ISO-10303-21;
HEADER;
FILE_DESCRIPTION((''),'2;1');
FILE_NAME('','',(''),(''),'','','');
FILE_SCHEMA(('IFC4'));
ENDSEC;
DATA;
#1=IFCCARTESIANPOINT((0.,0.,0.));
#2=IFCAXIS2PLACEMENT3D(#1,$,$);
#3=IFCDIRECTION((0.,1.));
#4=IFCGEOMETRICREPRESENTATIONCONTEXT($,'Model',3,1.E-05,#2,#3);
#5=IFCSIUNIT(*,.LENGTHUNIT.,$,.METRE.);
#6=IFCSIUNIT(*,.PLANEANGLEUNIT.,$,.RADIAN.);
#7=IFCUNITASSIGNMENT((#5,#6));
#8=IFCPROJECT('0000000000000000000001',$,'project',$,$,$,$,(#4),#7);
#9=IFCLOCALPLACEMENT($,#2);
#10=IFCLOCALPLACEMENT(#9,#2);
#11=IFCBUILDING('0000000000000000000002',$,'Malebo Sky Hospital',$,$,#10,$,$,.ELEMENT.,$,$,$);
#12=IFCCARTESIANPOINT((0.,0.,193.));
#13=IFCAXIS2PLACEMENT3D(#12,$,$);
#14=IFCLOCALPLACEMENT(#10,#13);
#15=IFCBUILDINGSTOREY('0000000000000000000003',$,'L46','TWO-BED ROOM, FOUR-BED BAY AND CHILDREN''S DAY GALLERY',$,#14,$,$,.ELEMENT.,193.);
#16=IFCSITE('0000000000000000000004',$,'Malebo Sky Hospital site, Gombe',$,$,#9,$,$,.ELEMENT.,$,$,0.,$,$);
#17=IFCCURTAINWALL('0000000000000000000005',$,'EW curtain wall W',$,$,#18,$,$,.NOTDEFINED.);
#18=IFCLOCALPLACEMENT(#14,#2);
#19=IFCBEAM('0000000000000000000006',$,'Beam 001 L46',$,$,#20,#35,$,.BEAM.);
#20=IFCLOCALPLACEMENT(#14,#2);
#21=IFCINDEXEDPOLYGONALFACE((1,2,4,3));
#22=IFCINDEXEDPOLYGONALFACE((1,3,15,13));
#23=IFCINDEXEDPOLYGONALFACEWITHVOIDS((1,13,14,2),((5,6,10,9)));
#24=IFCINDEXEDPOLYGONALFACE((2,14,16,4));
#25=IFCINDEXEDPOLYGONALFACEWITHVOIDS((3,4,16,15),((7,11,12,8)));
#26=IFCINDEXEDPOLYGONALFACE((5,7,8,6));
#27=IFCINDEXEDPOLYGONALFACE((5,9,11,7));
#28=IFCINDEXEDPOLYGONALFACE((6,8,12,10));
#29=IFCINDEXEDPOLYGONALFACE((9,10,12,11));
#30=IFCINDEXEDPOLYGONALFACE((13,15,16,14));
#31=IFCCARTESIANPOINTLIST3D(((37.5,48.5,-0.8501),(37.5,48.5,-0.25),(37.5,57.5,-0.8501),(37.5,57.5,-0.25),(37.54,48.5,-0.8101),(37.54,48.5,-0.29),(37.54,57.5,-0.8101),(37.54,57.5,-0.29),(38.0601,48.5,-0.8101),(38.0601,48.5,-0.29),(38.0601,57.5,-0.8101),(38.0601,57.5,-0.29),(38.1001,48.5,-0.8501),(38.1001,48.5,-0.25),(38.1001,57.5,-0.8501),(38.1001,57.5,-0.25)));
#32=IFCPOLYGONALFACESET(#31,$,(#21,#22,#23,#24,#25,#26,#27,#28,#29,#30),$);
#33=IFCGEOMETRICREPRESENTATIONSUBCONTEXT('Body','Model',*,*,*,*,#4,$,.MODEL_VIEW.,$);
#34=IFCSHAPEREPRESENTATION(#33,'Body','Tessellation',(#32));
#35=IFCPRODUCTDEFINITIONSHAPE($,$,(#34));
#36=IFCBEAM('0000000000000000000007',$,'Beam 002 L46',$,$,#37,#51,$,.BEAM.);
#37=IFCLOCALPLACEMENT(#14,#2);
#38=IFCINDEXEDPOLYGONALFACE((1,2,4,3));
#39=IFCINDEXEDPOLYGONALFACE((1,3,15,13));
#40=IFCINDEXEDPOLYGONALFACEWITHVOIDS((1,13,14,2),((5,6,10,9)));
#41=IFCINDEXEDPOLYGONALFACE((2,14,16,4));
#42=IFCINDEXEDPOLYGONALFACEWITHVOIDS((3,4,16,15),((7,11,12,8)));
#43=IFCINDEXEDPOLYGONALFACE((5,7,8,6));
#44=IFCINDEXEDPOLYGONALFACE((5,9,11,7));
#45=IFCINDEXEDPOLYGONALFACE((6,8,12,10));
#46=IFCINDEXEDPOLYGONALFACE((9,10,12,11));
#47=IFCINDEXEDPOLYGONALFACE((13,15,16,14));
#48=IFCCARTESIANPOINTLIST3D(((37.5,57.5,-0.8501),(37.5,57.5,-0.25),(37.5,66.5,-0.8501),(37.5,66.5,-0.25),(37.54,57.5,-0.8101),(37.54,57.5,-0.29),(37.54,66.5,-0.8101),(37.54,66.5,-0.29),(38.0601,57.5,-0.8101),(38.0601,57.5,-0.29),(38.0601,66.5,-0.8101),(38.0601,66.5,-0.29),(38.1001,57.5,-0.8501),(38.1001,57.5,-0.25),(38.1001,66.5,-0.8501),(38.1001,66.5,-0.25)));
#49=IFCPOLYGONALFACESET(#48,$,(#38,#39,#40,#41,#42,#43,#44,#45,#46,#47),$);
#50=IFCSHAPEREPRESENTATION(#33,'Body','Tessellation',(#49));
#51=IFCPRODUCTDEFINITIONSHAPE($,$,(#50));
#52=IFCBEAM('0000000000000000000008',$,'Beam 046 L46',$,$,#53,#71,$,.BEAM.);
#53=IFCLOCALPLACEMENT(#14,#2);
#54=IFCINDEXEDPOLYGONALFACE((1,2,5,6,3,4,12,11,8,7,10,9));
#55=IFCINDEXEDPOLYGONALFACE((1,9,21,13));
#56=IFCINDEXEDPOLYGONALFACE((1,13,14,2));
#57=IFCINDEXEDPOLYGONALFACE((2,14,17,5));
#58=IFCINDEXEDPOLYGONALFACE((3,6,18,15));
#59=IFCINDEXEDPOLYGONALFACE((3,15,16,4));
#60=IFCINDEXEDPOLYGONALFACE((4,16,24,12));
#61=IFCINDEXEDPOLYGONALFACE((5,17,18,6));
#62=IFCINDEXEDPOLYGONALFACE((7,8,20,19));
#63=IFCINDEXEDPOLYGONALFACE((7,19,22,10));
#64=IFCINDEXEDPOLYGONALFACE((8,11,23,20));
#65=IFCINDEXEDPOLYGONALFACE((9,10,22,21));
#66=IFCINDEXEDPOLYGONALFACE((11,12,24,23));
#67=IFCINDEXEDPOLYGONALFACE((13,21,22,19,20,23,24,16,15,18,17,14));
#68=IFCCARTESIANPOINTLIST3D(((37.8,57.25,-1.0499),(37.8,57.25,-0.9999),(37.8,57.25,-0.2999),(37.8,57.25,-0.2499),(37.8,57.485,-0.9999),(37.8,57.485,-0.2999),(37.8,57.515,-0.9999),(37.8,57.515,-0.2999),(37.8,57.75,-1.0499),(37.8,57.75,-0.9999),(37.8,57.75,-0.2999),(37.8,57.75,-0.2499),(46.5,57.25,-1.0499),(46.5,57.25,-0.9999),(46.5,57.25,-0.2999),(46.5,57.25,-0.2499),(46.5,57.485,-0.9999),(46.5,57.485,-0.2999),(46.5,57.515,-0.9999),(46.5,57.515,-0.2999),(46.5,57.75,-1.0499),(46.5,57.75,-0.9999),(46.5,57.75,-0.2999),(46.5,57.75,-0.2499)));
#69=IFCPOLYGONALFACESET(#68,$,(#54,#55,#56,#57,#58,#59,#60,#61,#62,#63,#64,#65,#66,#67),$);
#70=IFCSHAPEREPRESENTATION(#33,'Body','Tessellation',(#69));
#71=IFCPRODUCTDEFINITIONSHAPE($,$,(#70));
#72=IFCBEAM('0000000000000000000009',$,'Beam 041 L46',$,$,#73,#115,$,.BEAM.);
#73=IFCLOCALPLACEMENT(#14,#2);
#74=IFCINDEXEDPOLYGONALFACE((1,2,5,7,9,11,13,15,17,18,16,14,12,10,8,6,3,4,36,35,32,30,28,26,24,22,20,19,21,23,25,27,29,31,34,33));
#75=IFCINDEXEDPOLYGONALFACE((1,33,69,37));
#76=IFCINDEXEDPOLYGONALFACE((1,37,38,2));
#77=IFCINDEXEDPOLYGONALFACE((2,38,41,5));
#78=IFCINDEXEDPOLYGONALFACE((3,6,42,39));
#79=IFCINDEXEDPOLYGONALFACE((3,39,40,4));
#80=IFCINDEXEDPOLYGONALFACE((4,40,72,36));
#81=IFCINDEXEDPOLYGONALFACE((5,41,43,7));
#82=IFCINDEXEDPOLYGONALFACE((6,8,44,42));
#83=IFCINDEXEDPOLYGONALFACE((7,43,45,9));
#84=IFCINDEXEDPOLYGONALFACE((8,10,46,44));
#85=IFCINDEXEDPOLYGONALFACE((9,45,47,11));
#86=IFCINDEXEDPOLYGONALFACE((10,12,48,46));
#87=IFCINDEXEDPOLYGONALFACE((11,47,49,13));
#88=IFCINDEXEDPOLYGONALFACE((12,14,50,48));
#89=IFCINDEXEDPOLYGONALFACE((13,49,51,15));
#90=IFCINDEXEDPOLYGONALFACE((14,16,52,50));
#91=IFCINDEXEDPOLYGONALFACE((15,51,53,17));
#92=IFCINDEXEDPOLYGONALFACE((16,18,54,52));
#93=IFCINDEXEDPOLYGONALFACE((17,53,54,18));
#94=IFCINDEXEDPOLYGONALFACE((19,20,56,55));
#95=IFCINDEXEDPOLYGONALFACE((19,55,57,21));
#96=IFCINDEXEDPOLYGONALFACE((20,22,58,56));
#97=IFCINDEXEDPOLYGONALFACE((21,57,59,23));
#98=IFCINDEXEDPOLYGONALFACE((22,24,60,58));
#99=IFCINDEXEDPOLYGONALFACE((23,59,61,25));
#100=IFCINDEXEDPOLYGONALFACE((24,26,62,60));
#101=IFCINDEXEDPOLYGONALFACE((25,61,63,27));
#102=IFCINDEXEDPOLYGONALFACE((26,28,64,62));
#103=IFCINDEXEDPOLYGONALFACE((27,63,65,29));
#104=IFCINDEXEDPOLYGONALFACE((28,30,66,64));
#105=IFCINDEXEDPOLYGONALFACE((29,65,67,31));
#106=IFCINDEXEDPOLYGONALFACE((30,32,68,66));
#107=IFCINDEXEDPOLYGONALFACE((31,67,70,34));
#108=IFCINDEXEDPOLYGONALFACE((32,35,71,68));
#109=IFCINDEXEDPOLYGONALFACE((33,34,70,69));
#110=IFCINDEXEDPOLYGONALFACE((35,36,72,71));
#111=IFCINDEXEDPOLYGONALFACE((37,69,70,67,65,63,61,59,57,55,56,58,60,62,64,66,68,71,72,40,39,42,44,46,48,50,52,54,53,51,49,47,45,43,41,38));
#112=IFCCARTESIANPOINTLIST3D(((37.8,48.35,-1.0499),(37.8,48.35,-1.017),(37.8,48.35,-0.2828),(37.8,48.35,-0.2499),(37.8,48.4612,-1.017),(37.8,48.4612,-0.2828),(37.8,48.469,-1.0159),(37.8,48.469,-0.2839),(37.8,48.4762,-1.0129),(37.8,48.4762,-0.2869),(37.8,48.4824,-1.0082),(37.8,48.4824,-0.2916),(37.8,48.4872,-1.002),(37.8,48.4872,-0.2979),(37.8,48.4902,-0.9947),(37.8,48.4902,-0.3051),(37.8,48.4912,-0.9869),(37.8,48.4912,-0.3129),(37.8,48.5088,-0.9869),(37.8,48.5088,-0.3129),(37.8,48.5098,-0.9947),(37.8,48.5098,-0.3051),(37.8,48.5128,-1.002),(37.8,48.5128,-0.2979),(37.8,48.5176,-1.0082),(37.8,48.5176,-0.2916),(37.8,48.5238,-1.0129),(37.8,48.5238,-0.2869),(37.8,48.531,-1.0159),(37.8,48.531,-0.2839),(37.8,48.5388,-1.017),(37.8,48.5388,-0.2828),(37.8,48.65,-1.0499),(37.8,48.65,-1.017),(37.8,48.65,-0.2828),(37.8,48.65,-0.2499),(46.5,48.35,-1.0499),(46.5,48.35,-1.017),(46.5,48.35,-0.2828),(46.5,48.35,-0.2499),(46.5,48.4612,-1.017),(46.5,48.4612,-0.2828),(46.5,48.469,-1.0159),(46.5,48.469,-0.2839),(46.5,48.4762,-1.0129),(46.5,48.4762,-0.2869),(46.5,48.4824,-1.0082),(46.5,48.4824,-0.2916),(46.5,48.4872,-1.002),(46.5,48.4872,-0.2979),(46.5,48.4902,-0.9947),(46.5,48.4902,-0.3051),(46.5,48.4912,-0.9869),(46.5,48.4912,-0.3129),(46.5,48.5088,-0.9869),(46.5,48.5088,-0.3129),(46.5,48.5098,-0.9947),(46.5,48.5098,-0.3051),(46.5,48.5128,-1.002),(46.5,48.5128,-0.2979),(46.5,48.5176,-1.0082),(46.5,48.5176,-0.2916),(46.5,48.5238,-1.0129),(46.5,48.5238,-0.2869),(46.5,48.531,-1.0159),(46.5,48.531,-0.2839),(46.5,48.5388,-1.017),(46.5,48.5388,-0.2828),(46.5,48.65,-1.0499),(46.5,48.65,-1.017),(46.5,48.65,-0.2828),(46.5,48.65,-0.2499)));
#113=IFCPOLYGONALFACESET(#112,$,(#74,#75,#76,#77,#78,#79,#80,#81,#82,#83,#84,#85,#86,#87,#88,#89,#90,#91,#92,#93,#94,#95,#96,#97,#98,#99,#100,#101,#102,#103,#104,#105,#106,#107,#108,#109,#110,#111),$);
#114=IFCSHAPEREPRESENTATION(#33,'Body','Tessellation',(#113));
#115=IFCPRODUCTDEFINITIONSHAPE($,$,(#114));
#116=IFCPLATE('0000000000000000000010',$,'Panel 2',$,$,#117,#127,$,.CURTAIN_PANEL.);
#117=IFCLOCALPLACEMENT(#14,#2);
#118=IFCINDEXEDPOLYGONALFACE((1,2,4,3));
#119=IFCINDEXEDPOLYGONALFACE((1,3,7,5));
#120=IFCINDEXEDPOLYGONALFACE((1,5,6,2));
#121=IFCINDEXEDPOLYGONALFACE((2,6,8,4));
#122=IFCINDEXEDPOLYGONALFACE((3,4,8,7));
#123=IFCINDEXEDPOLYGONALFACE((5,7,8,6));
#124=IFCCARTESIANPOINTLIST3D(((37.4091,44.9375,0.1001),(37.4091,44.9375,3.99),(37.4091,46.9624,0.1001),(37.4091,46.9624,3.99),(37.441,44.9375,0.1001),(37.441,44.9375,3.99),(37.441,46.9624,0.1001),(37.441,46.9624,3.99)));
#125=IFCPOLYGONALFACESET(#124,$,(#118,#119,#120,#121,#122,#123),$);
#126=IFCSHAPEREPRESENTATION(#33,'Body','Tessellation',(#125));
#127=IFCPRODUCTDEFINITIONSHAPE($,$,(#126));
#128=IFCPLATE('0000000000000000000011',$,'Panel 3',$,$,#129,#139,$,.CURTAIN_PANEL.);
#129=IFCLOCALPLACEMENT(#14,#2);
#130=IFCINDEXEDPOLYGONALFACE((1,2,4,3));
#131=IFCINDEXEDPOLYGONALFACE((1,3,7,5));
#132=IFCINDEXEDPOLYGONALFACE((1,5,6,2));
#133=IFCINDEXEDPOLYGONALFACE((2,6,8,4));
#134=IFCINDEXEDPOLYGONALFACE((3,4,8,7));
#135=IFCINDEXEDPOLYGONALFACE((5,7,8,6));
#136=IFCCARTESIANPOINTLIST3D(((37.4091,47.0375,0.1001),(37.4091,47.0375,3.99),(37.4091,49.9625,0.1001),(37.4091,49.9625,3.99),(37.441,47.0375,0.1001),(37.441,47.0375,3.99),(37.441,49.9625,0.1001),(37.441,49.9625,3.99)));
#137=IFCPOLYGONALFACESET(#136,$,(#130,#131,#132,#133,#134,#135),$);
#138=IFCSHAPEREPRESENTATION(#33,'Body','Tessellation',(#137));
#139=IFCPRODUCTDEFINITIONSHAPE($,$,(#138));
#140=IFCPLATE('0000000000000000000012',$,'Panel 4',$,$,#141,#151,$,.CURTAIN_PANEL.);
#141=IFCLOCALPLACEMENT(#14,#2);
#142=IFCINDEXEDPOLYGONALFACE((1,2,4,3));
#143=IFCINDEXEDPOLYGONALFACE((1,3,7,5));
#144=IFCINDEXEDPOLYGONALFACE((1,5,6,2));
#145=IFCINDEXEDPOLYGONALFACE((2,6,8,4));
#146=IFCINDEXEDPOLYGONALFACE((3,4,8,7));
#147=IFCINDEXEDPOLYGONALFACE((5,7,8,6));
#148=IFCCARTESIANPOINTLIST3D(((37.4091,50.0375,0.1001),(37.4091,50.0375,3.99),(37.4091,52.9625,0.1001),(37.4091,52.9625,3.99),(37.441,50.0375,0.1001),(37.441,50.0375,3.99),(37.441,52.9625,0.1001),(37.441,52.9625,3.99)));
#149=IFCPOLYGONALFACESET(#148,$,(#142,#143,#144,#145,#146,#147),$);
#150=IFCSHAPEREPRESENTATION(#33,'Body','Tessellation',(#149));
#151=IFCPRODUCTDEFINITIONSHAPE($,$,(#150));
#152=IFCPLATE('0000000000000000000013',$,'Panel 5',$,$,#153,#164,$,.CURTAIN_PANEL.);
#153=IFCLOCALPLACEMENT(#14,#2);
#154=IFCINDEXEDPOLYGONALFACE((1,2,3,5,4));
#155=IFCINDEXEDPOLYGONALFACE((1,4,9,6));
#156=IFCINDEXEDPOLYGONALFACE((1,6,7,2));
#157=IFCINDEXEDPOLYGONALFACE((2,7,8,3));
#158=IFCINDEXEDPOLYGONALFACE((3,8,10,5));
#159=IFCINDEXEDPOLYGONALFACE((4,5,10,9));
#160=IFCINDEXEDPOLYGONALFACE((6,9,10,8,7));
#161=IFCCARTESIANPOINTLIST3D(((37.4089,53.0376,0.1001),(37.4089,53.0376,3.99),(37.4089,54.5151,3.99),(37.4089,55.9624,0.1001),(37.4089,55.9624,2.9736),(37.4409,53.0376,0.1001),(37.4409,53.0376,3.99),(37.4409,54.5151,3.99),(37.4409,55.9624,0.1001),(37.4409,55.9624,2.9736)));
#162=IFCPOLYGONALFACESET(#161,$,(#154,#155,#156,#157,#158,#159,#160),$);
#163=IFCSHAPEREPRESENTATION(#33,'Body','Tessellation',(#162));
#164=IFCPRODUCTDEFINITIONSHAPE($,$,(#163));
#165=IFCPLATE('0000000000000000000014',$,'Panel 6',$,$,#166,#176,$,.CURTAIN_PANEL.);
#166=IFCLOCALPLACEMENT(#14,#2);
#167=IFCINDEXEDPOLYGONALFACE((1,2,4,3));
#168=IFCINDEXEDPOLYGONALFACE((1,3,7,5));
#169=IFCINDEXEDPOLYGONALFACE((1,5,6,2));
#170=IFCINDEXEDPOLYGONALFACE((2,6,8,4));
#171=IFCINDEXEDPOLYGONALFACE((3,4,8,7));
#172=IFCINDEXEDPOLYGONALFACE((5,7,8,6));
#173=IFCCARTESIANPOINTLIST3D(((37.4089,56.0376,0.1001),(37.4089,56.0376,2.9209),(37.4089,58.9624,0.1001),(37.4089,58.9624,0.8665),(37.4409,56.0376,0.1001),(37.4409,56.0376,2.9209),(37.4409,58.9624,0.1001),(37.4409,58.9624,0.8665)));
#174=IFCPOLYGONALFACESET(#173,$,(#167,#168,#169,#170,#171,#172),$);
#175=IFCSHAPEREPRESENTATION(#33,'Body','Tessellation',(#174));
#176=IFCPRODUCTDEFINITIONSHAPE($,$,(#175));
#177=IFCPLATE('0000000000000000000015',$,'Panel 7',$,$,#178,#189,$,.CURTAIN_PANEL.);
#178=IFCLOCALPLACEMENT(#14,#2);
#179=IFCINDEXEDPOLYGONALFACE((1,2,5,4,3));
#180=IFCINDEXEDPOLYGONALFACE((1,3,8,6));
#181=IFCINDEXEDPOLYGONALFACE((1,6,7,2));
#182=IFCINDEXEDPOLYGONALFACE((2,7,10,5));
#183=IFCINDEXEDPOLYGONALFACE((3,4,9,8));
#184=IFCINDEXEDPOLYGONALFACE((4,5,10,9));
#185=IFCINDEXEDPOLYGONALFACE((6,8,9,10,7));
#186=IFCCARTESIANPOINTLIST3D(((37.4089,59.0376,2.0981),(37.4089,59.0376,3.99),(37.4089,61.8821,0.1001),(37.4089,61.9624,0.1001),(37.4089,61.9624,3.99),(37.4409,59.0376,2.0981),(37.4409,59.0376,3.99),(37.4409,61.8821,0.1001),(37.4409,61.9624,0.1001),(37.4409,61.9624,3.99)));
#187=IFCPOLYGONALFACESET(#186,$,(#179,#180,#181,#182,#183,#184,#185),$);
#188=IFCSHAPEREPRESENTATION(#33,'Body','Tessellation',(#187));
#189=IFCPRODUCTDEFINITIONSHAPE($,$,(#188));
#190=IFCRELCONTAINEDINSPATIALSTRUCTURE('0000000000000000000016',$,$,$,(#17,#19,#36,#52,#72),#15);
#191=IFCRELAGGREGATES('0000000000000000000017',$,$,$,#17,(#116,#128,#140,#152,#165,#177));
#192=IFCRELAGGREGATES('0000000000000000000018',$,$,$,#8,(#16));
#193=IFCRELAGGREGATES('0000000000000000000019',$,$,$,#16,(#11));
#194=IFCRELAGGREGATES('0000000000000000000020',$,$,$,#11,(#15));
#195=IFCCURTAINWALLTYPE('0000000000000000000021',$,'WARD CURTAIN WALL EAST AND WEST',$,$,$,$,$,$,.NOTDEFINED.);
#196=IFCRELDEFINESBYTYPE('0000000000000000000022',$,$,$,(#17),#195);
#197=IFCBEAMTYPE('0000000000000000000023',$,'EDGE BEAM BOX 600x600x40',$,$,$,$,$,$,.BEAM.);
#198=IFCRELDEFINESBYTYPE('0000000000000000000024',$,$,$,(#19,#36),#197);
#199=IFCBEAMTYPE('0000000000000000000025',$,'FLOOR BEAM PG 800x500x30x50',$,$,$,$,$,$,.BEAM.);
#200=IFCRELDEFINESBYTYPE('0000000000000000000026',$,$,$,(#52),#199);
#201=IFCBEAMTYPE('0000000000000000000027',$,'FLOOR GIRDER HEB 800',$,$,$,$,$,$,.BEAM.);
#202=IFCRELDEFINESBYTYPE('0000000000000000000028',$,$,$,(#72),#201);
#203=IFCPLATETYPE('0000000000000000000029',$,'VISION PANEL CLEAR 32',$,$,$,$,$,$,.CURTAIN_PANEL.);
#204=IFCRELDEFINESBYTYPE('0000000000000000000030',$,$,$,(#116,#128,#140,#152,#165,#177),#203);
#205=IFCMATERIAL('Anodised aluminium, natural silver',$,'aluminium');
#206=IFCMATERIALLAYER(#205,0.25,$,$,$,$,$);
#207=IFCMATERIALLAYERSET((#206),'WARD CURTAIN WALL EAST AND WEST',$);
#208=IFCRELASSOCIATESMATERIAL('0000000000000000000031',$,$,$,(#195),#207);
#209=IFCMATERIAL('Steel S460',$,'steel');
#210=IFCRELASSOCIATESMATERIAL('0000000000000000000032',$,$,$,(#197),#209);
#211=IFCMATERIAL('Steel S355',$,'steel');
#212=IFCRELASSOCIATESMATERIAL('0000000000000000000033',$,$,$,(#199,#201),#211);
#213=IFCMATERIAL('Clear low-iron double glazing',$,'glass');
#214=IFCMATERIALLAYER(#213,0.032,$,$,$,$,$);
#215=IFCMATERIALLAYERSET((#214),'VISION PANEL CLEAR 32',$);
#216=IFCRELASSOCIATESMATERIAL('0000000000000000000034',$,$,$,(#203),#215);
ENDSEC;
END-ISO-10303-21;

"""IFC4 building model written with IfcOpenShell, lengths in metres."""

from ifc_helpers import new_model, si_unit, direction, frame, origin, origin_2d, place, context, subcontext, project, spatial, polyline, rectangle, hollow_rectangle, i_section, outline, extrude, material, layer, layer_set, material_profile, profile_set, type_object, element, aggregate, save


model = new_model("IFC4")

# Units and contexts
model_context = context("Model", 3, precision=1e-05, world=origin(), true_north=direction((0.0, 1.0)))
body_context = subcontext(model_context, "Body", "Model", "MODEL_VIEW")
ifc_project = project(units=[si_unit("LENGTHUNIT", "METRE"), si_unit("PLANEANGLEUNIT", "RADIAN")], contexts=[model_context])

# Site, building, storey
site_placement = place(None, origin())
site = spatial("IfcSite", under=ifc_project, at=site_placement, Name="Malebo Sky Hospital site, Gombe", CompositionType="ELEMENT", RefElevation=0.0)
building_placement = place(site_placement, origin())
building = spatial("IfcBuilding", under=site, at=building_placement, Name="Malebo Sky Hospital", CompositionType="ELEMENT")
storey_placement = place(building_placement, frame((0.0, 0.0, 193.0)))
storey = spatial("IfcBuildingStorey", under=building, at=storey_placement, Name="L46", Description="TWO-BED ROOM, FOUR-BED BAY AND CHILDREN'S DAY GALLERY", CompositionType="ELEMENT", Elevation=193.0)

# Shared definitions
ifc_material_1 = material(Name="Steel S460", Category="steel")

# Curtain wall
ifc_material_2 = material(Name="Anodised aluminium, natural silver", Category="aluminium")
ifc_layer_1 = layer(ifc_material_2, 0.25)
ifc_layer_set_1 = layer_set([ifc_layer_1], Name="WARD CURTAIN WALL EAST AND WEST")
curtain_wall_type = type_object("IfcCurtainWallType", Name="WARD CURTAIN WALL EAST AND WEST", PredefinedType="NOTDEFINED", material=ifc_layer_set_1)
curtain_wall_placement = place(storey_placement, origin())
curtain_wall = element("IfcCurtainWall", 1, at=curtain_wall_placement, inside=storey, type_object=curtain_wall_type, Name="EW curtain wall W", PredefinedType="NOTDEFINED")

# Beams
ifc_material_profile_1 = material_profile(ifc_material_1, hollow_rectangle(XDim=0.6001, YDim=0.6001, WallThickness=0.04, at=origin_2d()), Name="BOX 600x600x40")
ifc_profile_set_1 = profile_set([ifc_material_profile_1], Name="Steel S460")
beam_type_1 = type_object("IfcBeamType", Name="EDGE BEAM BOX 600x600x40", PredefinedType="BEAM", material=ifc_profile_set_1)
for number, where, z_axis, x_axis, name in (
    (2, (37.8, 48.5, -0.55), (0.0, 1.0, 0.0), (-1.0, 0.0, 0.0), "Beam 001 L46"),
    (3, (37.8, 57.5, -0.55), (0.0, 1.0, 0.0), (-1.0, 0.0, 0.0), "Beam 002 L46"),
):
    element("IfcBeam", number, at=place(storey_placement, frame(where, z_axis=z_axis, x_axis=x_axis)), inside=storey, type_object=beam_type_1, Name=name, PredefinedType="BEAM", context=body_context, shape_type="SweptSolid", body=[
        extrude(hollow_rectangle(XDim=0.6001, YDim=0.6001, WallThickness=0.04, at=origin_2d()), origin(), (0.0, 0.0, 1.0), 9.0),
    ])
ifc_material_3 = material(Name="Steel S355", Category="steel")
ifc_material_profile_2 = material_profile(ifc_material_3, i_section(OverallWidth=0.5, OverallDepth=0.8, WebThickness=0.03, FlangeThickness=0.05, at=origin_2d()), Name="PG 800x500x30x50")
ifc_profile_set_2 = profile_set([ifc_material_profile_2], Name="Steel S355")
beam_type_2 = type_object("IfcBeamType", Name="FLOOR BEAM PG 800x500x30x50", PredefinedType="BEAM", material=ifc_profile_set_2)
beam_1_placement = place(storey_placement, frame((37.8, 57.5, -0.6499), z_axis=(1.0, 0.0, 0.0), x_axis=(0.0, 1.0, 0.0)))
element("IfcBeam", 4, at=beam_1_placement, inside=storey, type_object=beam_type_2, Name="Beam 046 L46", PredefinedType="BEAM", context=body_context, shape_type="SweptSolid", body=[
    extrude(i_section(OverallWidth=0.5, OverallDepth=0.8, WebThickness=0.03, FlangeThickness=0.05, at=origin_2d()), origin(), (0.0, 0.0, 1.0), 8.7),
])
ifc_material_profile_3 = material_profile(ifc_material_3, i_section(OverallWidth=0.3, OverallDepth=0.8, WebThickness=0.0176, FlangeThickness=0.033, FilletRadius=0.03, at=origin_2d()), Name="HEB 800")
ifc_profile_set_3 = profile_set([ifc_material_profile_3], Name="Steel S355")
beam_type_3 = type_object("IfcBeamType", Name="FLOOR GIRDER HEB 800", PredefinedType="BEAM", material=ifc_profile_set_3)
beam_2_placement = place(storey_placement, frame((37.8, 48.5, -0.6499), z_axis=(1.0, 0.0, 0.0), x_axis=(0.0, 1.0, 0.0)))
element("IfcBeam", 5, at=beam_2_placement, inside=storey, type_object=beam_type_3, Name="Beam 041 L46", PredefinedType="BEAM", context=body_context, shape_type="SweptSolid", body=[
    extrude(i_section(OverallWidth=0.3, OverallDepth=0.8, WebThickness=0.0176, FlangeThickness=0.033, FilletRadius=0.03, at=origin_2d()), origin(), (0.0, 0.0, 1.0), 8.7),
])

# Plates
ifc_material_4 = material(Name="Clear low-iron double glazing", Category="glass")
ifc_layer_2 = layer(ifc_material_4, 0.032)
ifc_layer_set_2 = layer_set([ifc_layer_2], Name="VISION PANEL CLEAR 32")
plate_type = type_object("IfcPlateType", Name="VISION PANEL CLEAR 32", PredefinedType="CURTAIN_PANEL", material=ifc_layer_set_2)
plate_1_placement = place(storey_placement, frame((37.425, 45.95, 0.1001), z_axis=(0.0, 0.0, 1.0), x_axis=(0.0, 1.0, 0.0)))
plate_1 = element("IfcPlate", 6, at=plate_1_placement, type_object=plate_type, Name="Panel 2", PredefinedType="CURTAIN_PANEL", context=body_context, shape_type="SweptSolid", body=[
    extrude(rectangle(XDim=2.0249, YDim=0.032, at=origin_2d()), origin(), (0.0, 0.0, 1.0), 3.8899),
])
plate_2_placement = place(storey_placement, frame((37.425, 48.5, 0.1001), z_axis=(0.0, 0.0, 1.0), x_axis=(0.0, 1.0, 0.0)))
plate_2 = element("IfcPlate", 7, at=plate_2_placement, type_object=plate_type, Name="Panel 3", PredefinedType="CURTAIN_PANEL", context=body_context, shape_type="SweptSolid", body=[
    extrude(rectangle(XDim=2.925, YDim=0.032, at=origin_2d()), origin(), (0.0, 0.0, 1.0), 3.8899),
])
plate_3_placement = place(storey_placement, frame((37.425, 51.5, 0.1001), z_axis=(0.0, 0.0, 1.0), x_axis=(0.0, 1.0, 0.0)))
plate_3 = element("IfcPlate", 8, at=plate_3_placement, type_object=plate_type, Name="Panel 4", PredefinedType="CURTAIN_PANEL", context=body_context, shape_type="SweptSolid", body=[
    extrude(rectangle(XDim=2.925, YDim=0.032, at=origin_2d()), origin(), (0.0, 0.0, 1.0), 3.8899),
])
plate_4_placement = place(storey_placement, frame((37.425, 54.5, 0.1001), z_axis=(0.0, 0.0, 1.0), x_axis=(0.0, 1.0, 0.0)))
plate_4 = element("IfcPlate", 9, at=plate_4_placement, type_object=plate_type, Name="Panel 5", PredefinedType="CURTAIN_PANEL", context=body_context, shape_type="SweptSolid", body=[
    extrude(outline(polyline([(-1.4624, 0.0), (1.4624, 0.0), (1.4624, 2.8735), (0.0151, 3.8899), (-1.4624, 3.8899), (-1.4624, 0.0)])), frame((0.0, 0.0161, 0.0), z_axis=(0.0, -1.0, 0.0), x_axis=(1.0, 0.0, 0.0)), (0.0, 0.0, 1.0), 0.032),
])
plate_5_placement = place(storey_placement, frame((37.425, 57.5, 0.1001), z_axis=(0.0, 0.0, 1.0), x_axis=(0.0, 1.0, 0.0)))
plate_5 = element("IfcPlate", 10, at=plate_5_placement, type_object=plate_type, Name="Panel 6", PredefinedType="CURTAIN_PANEL", context=body_context, shape_type="SweptSolid", body=[
    extrude(outline(polyline([(-1.4624, 0.0), (1.4624, 0.0), (1.4624, 0.7664), (-1.4624, 2.8208), (-1.4624, 0.0)])), frame((0.0, 0.0161, 0.0), z_axis=(0.0, -1.0, 0.0), x_axis=(1.0, 0.0, 0.0)), (0.0, 0.0, 1.0), 0.032),
])
plate_6_placement = place(storey_placement, frame((37.425, 60.5, 0.1001), z_axis=(0.0, 0.0, 1.0), x_axis=(0.0, 1.0, 0.0)))
plate_6 = element("IfcPlate", 11, at=plate_6_placement, type_object=plate_type, Name="Panel 7", PredefinedType="CURTAIN_PANEL", context=body_context, shape_type="SweptSolid", body=[
    extrude(outline(polyline([(1.3821, 0.0), (1.4624, 0.0), (1.4624, 3.8899), (-1.4624, 3.8899), (-1.4624, 1.998), (1.3821, 0.0)])), frame((0.0, 0.0161, 0.0), z_axis=(0.0, -1.0, 0.0), x_axis=(1.0, 0.0, 0.0)), (0.0, 0.0, 1.0), 0.032),
])
aggregate(curtain_wall, [plate_1, plate_2, plate_3, plate_4, plate_5, plate_6])

save(model, "model.ifc")
